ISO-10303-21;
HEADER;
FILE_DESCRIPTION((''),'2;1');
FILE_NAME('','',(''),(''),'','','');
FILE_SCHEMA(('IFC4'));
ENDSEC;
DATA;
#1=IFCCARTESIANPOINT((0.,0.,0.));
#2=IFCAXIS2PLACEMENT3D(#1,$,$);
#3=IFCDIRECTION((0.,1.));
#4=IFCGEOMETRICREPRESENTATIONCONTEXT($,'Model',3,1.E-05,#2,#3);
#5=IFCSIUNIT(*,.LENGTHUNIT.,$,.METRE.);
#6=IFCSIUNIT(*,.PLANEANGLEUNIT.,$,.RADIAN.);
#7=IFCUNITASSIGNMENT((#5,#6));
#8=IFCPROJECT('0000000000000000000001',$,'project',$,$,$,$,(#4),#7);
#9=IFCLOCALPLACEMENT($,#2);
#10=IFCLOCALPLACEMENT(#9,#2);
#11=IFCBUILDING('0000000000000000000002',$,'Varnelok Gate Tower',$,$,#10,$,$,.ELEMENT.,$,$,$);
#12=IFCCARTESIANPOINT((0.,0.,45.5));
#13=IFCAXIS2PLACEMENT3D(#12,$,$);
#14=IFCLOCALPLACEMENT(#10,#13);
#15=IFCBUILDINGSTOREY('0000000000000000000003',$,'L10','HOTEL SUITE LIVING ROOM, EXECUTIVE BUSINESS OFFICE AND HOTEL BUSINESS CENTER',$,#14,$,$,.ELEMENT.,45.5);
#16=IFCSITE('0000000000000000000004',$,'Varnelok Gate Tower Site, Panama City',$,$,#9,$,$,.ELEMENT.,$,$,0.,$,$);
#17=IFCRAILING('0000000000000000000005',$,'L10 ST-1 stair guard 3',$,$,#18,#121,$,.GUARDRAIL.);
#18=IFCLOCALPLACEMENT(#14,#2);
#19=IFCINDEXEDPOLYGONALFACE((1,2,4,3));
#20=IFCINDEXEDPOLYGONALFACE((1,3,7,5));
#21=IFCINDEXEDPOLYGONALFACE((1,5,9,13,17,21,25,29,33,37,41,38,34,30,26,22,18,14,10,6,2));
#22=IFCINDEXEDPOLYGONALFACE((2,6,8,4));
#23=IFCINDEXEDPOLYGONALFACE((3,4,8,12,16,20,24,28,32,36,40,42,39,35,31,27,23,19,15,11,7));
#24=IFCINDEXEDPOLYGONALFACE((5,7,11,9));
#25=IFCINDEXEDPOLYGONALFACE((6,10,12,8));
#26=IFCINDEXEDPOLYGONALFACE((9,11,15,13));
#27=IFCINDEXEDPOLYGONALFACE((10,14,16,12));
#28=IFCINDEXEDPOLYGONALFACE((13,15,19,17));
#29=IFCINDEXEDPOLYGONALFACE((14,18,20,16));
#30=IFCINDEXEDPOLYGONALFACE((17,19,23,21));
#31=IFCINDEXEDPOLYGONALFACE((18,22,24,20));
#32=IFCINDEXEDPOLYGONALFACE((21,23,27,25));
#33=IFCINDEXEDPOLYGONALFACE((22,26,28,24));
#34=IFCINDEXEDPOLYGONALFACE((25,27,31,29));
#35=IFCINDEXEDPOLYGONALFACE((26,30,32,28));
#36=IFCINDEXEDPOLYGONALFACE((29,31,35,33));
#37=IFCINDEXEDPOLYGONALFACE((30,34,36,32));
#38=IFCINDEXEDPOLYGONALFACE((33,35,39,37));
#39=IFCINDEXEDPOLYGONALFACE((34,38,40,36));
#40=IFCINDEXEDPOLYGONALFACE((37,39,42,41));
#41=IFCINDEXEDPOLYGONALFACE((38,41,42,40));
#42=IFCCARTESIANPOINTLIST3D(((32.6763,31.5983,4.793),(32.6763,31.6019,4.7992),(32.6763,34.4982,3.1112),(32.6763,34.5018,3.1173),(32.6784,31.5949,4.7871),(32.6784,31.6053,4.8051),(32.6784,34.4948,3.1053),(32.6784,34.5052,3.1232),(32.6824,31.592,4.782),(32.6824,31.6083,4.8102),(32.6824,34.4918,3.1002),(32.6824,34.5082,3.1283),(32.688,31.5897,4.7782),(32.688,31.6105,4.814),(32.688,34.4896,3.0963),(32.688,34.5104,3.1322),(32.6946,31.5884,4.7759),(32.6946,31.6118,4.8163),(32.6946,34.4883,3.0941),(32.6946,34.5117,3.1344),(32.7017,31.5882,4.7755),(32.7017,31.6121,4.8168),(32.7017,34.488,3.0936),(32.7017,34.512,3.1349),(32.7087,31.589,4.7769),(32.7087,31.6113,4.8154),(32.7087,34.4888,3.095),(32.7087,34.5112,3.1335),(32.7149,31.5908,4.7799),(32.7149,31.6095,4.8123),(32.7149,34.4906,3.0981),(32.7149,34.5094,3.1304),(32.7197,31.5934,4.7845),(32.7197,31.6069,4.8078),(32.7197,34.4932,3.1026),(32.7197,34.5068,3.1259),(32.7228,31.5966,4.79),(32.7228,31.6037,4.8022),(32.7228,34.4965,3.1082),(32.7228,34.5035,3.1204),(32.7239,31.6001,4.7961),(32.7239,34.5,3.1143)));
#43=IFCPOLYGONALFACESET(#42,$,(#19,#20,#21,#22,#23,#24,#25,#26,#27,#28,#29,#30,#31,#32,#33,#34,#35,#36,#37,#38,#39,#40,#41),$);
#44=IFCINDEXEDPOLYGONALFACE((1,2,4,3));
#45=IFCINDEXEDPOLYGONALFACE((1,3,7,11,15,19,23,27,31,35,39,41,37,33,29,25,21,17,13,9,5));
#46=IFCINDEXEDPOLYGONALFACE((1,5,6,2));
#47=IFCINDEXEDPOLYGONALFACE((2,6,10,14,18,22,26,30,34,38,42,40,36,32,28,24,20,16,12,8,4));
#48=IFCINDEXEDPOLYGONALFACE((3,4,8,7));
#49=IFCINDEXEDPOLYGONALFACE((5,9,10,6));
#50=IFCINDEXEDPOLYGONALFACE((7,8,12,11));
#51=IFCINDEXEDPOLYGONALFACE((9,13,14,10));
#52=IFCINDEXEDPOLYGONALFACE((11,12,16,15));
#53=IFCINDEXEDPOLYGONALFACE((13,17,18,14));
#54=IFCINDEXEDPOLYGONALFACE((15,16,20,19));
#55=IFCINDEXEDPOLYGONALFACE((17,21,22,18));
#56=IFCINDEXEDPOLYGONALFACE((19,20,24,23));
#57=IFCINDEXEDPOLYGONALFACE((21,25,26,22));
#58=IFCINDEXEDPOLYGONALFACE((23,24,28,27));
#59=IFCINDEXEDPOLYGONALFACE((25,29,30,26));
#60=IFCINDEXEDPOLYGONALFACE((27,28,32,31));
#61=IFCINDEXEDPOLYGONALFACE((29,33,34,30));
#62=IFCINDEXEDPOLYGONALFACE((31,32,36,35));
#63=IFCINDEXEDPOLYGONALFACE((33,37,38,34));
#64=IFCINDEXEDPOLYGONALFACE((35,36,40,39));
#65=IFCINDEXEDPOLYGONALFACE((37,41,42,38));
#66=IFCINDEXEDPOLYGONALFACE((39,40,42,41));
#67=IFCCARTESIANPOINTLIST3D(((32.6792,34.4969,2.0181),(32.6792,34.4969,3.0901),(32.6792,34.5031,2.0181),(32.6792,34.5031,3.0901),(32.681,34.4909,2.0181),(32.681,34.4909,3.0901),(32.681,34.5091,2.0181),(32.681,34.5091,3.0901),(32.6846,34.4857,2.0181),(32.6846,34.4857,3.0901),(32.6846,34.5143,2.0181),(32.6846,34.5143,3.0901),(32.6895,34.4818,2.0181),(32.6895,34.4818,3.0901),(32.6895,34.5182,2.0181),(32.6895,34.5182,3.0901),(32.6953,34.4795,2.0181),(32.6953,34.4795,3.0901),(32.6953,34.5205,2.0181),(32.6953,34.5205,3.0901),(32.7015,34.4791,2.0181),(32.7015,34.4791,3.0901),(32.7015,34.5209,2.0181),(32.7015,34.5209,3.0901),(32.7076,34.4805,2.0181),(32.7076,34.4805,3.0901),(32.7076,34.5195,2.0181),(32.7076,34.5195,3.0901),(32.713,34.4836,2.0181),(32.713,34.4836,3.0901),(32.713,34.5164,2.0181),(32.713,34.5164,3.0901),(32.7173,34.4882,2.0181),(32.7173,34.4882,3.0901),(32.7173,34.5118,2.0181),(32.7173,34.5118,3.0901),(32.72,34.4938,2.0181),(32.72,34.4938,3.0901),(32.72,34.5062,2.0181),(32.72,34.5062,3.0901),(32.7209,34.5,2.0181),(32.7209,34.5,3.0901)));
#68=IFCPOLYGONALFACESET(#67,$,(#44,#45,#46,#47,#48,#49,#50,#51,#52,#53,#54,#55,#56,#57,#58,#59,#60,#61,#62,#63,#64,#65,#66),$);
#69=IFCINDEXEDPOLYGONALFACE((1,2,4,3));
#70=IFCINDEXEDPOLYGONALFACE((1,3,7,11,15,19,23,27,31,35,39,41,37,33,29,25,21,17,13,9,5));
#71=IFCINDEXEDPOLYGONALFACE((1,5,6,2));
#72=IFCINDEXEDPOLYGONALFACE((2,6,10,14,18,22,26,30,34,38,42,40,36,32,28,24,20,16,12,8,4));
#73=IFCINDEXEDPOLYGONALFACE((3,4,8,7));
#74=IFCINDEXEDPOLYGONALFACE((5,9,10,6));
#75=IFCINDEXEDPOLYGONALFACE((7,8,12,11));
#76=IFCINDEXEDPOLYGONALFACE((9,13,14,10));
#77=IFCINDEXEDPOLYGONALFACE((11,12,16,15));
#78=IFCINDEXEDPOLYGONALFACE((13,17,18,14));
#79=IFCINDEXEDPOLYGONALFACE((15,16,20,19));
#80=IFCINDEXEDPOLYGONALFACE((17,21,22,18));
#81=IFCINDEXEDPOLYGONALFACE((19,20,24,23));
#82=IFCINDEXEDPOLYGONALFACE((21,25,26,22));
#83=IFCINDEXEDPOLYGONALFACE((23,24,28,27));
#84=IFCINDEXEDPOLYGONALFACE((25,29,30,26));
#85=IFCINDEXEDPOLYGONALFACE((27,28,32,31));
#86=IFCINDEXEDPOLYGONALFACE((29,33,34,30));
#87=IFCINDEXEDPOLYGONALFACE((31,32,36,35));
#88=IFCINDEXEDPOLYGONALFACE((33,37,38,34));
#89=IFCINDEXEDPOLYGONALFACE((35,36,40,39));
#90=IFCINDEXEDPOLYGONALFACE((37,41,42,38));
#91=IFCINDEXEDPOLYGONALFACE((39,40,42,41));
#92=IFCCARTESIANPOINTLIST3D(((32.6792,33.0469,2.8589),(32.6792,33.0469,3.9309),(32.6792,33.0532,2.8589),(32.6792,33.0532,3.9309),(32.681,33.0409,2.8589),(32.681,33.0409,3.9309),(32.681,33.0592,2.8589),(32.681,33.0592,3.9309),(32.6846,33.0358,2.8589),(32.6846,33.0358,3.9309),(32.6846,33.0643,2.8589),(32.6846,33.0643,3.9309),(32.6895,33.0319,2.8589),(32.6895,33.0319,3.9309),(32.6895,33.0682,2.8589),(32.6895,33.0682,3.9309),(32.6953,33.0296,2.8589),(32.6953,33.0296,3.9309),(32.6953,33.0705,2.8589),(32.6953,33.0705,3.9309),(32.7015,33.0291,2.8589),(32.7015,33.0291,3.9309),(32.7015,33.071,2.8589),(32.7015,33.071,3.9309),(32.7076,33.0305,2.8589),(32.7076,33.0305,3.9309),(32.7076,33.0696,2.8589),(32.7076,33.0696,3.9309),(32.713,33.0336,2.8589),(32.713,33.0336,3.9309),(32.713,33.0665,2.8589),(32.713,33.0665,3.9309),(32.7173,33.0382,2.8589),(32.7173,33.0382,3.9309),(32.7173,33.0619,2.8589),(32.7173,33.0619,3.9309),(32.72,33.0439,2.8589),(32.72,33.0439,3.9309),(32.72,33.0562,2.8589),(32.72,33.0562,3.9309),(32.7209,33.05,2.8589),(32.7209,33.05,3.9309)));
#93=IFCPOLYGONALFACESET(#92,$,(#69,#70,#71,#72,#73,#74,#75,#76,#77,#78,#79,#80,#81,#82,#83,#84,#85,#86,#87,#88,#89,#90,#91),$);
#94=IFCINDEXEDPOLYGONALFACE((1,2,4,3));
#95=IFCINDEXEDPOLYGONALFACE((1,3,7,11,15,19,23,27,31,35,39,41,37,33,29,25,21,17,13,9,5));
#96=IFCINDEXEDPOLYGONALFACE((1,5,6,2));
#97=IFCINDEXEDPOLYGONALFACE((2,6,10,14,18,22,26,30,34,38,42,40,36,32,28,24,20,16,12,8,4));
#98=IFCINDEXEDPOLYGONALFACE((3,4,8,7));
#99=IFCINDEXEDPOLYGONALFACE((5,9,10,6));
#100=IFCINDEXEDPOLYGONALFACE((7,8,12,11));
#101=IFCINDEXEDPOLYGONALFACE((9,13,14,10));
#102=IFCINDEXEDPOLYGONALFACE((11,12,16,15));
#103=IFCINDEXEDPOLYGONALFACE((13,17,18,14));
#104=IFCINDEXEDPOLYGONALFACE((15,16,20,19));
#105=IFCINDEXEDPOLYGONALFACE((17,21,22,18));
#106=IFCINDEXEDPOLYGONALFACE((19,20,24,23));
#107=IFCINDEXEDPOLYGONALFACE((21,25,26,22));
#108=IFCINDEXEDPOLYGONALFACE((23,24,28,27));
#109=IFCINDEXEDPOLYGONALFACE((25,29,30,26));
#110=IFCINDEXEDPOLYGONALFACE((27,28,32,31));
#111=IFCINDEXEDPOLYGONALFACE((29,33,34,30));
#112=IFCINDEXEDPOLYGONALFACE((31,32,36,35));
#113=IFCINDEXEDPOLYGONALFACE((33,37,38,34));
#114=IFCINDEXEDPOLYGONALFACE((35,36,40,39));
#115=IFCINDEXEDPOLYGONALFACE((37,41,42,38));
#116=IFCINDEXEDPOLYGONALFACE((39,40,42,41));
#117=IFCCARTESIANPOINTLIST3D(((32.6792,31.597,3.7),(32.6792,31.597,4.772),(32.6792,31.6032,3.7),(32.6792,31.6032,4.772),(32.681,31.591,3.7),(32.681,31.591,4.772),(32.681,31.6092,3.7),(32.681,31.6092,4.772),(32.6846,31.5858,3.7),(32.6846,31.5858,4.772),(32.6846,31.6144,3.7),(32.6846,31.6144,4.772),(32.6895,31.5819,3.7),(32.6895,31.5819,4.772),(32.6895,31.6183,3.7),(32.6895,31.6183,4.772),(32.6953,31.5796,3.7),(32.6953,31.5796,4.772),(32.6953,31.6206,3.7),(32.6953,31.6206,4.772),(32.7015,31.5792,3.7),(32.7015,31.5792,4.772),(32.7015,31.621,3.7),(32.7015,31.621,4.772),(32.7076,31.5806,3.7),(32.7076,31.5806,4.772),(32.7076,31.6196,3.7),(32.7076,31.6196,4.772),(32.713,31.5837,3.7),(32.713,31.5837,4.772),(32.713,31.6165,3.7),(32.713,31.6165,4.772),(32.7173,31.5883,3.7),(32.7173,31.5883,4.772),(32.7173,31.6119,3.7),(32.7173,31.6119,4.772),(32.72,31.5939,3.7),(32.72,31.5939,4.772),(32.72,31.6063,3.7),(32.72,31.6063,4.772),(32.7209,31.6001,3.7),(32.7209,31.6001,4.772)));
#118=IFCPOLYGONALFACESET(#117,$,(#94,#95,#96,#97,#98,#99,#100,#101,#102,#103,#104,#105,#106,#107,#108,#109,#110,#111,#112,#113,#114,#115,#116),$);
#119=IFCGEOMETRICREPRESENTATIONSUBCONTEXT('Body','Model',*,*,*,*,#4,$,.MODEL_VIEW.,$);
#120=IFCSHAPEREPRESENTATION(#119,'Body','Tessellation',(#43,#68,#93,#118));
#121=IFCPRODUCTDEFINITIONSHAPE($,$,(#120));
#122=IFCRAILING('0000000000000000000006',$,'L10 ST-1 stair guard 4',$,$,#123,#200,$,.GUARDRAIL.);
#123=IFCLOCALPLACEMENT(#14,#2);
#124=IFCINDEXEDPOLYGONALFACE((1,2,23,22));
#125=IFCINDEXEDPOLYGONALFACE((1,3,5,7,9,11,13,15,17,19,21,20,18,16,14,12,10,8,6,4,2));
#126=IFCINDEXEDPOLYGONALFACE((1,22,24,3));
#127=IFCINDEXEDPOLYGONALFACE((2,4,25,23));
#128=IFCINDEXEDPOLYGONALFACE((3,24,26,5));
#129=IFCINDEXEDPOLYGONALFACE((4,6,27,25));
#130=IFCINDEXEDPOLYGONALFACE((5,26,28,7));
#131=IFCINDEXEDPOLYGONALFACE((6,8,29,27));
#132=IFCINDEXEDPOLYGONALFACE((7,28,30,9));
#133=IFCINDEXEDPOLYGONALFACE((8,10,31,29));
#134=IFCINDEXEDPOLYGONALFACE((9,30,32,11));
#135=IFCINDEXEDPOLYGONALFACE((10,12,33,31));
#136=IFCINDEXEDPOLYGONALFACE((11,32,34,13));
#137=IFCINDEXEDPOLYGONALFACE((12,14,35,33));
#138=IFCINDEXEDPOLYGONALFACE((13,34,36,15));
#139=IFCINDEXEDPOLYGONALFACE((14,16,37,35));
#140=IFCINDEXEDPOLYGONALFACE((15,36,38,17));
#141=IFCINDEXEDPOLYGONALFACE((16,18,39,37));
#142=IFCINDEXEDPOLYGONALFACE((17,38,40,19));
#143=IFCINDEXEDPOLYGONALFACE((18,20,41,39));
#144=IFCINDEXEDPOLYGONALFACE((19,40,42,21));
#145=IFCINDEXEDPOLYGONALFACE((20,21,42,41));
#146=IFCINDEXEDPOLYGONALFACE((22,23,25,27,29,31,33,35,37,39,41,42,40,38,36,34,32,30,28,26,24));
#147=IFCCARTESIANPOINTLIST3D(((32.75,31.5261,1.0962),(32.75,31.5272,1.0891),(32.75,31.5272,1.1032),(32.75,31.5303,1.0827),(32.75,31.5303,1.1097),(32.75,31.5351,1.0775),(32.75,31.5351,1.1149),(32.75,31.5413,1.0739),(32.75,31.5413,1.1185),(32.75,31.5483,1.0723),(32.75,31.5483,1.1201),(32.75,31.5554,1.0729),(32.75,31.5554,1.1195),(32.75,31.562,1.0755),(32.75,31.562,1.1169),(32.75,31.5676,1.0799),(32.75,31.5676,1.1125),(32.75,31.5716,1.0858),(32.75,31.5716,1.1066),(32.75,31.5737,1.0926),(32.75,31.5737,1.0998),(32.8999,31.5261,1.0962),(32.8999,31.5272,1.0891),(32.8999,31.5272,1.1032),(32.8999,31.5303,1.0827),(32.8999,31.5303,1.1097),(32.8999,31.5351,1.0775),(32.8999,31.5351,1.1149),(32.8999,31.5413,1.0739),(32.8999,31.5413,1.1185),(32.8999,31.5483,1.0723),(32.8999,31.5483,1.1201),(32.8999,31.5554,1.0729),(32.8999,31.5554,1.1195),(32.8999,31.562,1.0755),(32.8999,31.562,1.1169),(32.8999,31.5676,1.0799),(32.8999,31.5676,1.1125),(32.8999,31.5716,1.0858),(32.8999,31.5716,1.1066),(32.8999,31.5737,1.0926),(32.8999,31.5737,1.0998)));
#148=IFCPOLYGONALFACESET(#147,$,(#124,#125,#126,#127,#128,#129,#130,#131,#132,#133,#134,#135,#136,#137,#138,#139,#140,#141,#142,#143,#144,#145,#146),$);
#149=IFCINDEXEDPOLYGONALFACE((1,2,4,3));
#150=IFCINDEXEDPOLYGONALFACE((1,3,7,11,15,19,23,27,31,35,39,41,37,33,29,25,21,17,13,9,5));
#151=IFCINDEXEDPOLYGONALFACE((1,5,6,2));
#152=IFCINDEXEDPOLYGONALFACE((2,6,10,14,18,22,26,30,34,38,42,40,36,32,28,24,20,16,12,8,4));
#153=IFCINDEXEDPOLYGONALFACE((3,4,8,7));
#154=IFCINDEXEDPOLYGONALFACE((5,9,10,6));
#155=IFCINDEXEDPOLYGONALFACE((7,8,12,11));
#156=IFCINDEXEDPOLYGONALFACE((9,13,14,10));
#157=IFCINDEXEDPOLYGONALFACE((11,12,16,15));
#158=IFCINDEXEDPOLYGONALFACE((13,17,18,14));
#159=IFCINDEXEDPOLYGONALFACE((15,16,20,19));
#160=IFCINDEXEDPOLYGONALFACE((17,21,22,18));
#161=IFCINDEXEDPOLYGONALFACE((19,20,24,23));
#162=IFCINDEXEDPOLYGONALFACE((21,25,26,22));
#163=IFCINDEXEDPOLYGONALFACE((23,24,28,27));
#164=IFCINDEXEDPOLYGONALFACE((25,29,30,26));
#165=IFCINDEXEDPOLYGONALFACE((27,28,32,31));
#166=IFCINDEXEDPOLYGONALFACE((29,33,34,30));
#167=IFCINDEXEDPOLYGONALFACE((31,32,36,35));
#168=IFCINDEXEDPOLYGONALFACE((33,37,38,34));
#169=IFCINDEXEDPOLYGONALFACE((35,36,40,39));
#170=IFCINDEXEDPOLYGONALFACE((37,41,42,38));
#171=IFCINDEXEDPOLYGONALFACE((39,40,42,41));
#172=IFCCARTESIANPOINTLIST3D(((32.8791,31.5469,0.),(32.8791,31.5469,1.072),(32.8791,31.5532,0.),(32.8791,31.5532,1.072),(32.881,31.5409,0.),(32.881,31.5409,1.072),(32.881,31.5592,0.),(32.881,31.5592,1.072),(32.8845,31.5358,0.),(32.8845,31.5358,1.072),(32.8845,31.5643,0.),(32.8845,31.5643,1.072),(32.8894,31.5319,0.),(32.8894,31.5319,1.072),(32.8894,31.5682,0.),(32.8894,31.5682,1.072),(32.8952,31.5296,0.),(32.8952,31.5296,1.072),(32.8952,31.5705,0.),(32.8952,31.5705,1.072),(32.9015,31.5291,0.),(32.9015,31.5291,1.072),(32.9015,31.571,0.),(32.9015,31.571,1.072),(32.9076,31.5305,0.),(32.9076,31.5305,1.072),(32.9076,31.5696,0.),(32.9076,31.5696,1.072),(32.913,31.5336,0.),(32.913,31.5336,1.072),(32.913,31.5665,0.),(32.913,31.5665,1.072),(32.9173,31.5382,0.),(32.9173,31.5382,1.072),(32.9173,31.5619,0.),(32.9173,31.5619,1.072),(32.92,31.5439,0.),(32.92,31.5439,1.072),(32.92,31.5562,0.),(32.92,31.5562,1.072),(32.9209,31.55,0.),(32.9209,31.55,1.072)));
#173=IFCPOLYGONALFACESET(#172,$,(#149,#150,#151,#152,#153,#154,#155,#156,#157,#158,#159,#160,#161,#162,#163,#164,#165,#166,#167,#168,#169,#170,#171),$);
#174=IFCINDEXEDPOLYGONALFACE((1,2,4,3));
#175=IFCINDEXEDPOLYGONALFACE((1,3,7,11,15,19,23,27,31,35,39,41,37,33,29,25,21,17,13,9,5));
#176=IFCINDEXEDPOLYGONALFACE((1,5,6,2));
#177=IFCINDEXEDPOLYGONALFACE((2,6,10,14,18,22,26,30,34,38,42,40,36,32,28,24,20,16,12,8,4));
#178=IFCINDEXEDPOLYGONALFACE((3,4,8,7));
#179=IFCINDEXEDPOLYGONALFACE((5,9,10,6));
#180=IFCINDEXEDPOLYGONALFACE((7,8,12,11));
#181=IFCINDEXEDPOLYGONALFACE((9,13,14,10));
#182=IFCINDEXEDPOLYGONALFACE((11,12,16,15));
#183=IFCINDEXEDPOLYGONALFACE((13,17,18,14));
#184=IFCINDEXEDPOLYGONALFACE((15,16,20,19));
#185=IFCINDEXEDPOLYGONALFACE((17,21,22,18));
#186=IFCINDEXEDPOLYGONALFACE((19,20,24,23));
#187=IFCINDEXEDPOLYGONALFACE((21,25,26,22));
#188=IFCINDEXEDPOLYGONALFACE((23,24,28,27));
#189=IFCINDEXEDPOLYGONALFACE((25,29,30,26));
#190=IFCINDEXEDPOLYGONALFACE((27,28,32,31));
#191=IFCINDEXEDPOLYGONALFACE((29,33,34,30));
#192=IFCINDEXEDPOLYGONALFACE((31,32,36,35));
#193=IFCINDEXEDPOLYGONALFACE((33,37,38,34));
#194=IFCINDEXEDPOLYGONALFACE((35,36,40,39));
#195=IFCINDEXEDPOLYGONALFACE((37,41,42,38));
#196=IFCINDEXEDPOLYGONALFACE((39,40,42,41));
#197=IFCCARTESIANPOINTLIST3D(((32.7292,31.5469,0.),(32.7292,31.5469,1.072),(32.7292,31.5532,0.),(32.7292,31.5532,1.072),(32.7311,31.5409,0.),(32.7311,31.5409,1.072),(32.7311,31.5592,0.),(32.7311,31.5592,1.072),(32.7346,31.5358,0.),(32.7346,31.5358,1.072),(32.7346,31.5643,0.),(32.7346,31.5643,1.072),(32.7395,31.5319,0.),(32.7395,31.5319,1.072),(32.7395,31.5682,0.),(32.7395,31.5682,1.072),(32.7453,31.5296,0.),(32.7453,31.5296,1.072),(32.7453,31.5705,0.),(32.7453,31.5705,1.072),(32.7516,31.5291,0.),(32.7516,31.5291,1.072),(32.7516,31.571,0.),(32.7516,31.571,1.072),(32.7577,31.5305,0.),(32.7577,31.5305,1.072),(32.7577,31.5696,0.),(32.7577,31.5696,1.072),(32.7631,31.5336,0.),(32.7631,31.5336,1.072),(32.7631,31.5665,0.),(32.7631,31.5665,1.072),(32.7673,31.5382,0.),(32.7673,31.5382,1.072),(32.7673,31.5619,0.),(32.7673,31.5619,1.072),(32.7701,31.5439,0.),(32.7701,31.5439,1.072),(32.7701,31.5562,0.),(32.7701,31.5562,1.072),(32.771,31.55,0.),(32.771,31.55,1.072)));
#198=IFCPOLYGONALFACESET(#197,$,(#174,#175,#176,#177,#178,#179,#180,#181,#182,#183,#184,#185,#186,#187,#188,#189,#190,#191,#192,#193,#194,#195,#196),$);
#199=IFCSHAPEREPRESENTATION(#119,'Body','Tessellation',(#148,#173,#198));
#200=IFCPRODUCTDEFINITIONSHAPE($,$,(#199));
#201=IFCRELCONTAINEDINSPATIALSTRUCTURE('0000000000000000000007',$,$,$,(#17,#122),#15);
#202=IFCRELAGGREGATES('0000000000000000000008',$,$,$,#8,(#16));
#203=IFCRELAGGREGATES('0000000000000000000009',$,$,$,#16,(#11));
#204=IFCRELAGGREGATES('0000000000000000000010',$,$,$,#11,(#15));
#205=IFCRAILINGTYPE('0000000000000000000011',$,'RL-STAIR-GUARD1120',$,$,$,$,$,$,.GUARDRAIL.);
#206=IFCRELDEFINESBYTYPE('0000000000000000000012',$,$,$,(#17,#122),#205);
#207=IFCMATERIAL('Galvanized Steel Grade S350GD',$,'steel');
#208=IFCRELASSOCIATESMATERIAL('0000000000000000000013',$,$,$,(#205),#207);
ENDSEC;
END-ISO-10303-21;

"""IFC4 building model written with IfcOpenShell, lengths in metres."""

from ifc_helpers import new_model, si_unit, direction, frame, origin, origin_2d, place, context, subcontext, project, spatial, circle, extrude, material, type_object, element, save


model = new_model("IFC4")

# Units and contexts
model_context = context("Model", 3, precision=1e-05, world=origin(), true_north=direction((0.0, 1.0)))
body_context = subcontext(model_context, "Body", "Model", "MODEL_VIEW")
ifc_project = project(units=[si_unit("LENGTHUNIT", "METRE"), si_unit("PLANEANGLEUNIT", "RADIAN")], contexts=[model_context])

# Site, building, storey
site_placement = place(None, origin())
site = spatial("IfcSite", under=ifc_project, at=site_placement, Name="Varnelok Gate Tower Site, Panama City", CompositionType="ELEMENT", RefElevation=0.0)
building_placement = place(site_placement, origin())
building = spatial("IfcBuilding", under=site, at=building_placement, Name="Varnelok Gate Tower", CompositionType="ELEMENT")
storey_placement = place(building_placement, frame((0.0, 0.0, 45.5)))
storey = spatial("IfcBuildingStorey", under=building, at=storey_placement, Name="L10", Description="HOTEL SUITE LIVING ROOM, EXECUTIVE BUSINESS OFFICE AND HOTEL BUSINESS CENTER", CompositionType="ELEMENT", Elevation=45.5)

# Shared definitions
ifc_material_1 = material(Name="Galvanized Steel Grade S350GD", Category="steel")

# Railings
railing_type_1 = type_object("IfcRailingType", Name="RL-STAIR-GUARD1120", PredefinedType="GUARDRAIL", material=ifc_material_1)
railing_1_placement = place(storey_placement, frame((32.7, 34.5, 2.0181)))
element("IfcRailing", 1, at=railing_1_placement, inside=storey, type_object=railing_type_1, Name="L10 ST-1 stair guard 3", PredefinedType="GUARDRAIL", context=body_context, shape_type="SweptSolid", body=[
    extrude(circle(Radius=0.0239, at=origin_2d()), frame((0.0, 0.0, 1.0962), z_axis=(0.0, -0.865039, 0.501705), x_axis=(1.0, 0.0, 0.0)), (0.0, 0.0, 1.0), 3.3523),
    extrude(circle(Radius=0.021, at=origin_2d()), origin(), (0.0, 0.0, 1.0), 1.072),
    extrude(circle(Radius=0.021, at=origin_2d()), frame((0.0, -1.45, 0.8408)), (0.0, 0.0, 1.0), 1.072),
    extrude(circle(Radius=0.021, at=origin_2d()), frame((0.0, -2.8999, 1.6819)), (0.0, 0.0, 1.0), 1.072),
])
railing_2_placement = place(storey_placement, frame((32.8999, 31.55, 0.0)))
element("IfcRailing", 2, at=railing_2_placement, inside=storey, type_object=railing_type_1, Name="L10 ST-1 stair guard 4", PredefinedType="GUARDRAIL", context=body_context, shape_type="SweptSolid", body=[
    extrude(circle(Radius=0.0239, at=origin_2d()), frame((0.0, 0.0, 1.0962), z_axis=(-1.0, 0.0, 0.0), x_axis=(0.0, -1.0, 0.0)), (0.0, 0.0, 1.0), 0.1499),
    extrude(circle(Radius=0.021, at=origin_2d()), origin(), (0.0, 0.0, 1.0), 1.072),
    extrude(circle(Radius=0.021, at=origin_2d()), frame((-0.1499, 0.0, 0.0)), (0.0, 0.0, 1.0), 1.072),
])

save(model, "model.ifc")
